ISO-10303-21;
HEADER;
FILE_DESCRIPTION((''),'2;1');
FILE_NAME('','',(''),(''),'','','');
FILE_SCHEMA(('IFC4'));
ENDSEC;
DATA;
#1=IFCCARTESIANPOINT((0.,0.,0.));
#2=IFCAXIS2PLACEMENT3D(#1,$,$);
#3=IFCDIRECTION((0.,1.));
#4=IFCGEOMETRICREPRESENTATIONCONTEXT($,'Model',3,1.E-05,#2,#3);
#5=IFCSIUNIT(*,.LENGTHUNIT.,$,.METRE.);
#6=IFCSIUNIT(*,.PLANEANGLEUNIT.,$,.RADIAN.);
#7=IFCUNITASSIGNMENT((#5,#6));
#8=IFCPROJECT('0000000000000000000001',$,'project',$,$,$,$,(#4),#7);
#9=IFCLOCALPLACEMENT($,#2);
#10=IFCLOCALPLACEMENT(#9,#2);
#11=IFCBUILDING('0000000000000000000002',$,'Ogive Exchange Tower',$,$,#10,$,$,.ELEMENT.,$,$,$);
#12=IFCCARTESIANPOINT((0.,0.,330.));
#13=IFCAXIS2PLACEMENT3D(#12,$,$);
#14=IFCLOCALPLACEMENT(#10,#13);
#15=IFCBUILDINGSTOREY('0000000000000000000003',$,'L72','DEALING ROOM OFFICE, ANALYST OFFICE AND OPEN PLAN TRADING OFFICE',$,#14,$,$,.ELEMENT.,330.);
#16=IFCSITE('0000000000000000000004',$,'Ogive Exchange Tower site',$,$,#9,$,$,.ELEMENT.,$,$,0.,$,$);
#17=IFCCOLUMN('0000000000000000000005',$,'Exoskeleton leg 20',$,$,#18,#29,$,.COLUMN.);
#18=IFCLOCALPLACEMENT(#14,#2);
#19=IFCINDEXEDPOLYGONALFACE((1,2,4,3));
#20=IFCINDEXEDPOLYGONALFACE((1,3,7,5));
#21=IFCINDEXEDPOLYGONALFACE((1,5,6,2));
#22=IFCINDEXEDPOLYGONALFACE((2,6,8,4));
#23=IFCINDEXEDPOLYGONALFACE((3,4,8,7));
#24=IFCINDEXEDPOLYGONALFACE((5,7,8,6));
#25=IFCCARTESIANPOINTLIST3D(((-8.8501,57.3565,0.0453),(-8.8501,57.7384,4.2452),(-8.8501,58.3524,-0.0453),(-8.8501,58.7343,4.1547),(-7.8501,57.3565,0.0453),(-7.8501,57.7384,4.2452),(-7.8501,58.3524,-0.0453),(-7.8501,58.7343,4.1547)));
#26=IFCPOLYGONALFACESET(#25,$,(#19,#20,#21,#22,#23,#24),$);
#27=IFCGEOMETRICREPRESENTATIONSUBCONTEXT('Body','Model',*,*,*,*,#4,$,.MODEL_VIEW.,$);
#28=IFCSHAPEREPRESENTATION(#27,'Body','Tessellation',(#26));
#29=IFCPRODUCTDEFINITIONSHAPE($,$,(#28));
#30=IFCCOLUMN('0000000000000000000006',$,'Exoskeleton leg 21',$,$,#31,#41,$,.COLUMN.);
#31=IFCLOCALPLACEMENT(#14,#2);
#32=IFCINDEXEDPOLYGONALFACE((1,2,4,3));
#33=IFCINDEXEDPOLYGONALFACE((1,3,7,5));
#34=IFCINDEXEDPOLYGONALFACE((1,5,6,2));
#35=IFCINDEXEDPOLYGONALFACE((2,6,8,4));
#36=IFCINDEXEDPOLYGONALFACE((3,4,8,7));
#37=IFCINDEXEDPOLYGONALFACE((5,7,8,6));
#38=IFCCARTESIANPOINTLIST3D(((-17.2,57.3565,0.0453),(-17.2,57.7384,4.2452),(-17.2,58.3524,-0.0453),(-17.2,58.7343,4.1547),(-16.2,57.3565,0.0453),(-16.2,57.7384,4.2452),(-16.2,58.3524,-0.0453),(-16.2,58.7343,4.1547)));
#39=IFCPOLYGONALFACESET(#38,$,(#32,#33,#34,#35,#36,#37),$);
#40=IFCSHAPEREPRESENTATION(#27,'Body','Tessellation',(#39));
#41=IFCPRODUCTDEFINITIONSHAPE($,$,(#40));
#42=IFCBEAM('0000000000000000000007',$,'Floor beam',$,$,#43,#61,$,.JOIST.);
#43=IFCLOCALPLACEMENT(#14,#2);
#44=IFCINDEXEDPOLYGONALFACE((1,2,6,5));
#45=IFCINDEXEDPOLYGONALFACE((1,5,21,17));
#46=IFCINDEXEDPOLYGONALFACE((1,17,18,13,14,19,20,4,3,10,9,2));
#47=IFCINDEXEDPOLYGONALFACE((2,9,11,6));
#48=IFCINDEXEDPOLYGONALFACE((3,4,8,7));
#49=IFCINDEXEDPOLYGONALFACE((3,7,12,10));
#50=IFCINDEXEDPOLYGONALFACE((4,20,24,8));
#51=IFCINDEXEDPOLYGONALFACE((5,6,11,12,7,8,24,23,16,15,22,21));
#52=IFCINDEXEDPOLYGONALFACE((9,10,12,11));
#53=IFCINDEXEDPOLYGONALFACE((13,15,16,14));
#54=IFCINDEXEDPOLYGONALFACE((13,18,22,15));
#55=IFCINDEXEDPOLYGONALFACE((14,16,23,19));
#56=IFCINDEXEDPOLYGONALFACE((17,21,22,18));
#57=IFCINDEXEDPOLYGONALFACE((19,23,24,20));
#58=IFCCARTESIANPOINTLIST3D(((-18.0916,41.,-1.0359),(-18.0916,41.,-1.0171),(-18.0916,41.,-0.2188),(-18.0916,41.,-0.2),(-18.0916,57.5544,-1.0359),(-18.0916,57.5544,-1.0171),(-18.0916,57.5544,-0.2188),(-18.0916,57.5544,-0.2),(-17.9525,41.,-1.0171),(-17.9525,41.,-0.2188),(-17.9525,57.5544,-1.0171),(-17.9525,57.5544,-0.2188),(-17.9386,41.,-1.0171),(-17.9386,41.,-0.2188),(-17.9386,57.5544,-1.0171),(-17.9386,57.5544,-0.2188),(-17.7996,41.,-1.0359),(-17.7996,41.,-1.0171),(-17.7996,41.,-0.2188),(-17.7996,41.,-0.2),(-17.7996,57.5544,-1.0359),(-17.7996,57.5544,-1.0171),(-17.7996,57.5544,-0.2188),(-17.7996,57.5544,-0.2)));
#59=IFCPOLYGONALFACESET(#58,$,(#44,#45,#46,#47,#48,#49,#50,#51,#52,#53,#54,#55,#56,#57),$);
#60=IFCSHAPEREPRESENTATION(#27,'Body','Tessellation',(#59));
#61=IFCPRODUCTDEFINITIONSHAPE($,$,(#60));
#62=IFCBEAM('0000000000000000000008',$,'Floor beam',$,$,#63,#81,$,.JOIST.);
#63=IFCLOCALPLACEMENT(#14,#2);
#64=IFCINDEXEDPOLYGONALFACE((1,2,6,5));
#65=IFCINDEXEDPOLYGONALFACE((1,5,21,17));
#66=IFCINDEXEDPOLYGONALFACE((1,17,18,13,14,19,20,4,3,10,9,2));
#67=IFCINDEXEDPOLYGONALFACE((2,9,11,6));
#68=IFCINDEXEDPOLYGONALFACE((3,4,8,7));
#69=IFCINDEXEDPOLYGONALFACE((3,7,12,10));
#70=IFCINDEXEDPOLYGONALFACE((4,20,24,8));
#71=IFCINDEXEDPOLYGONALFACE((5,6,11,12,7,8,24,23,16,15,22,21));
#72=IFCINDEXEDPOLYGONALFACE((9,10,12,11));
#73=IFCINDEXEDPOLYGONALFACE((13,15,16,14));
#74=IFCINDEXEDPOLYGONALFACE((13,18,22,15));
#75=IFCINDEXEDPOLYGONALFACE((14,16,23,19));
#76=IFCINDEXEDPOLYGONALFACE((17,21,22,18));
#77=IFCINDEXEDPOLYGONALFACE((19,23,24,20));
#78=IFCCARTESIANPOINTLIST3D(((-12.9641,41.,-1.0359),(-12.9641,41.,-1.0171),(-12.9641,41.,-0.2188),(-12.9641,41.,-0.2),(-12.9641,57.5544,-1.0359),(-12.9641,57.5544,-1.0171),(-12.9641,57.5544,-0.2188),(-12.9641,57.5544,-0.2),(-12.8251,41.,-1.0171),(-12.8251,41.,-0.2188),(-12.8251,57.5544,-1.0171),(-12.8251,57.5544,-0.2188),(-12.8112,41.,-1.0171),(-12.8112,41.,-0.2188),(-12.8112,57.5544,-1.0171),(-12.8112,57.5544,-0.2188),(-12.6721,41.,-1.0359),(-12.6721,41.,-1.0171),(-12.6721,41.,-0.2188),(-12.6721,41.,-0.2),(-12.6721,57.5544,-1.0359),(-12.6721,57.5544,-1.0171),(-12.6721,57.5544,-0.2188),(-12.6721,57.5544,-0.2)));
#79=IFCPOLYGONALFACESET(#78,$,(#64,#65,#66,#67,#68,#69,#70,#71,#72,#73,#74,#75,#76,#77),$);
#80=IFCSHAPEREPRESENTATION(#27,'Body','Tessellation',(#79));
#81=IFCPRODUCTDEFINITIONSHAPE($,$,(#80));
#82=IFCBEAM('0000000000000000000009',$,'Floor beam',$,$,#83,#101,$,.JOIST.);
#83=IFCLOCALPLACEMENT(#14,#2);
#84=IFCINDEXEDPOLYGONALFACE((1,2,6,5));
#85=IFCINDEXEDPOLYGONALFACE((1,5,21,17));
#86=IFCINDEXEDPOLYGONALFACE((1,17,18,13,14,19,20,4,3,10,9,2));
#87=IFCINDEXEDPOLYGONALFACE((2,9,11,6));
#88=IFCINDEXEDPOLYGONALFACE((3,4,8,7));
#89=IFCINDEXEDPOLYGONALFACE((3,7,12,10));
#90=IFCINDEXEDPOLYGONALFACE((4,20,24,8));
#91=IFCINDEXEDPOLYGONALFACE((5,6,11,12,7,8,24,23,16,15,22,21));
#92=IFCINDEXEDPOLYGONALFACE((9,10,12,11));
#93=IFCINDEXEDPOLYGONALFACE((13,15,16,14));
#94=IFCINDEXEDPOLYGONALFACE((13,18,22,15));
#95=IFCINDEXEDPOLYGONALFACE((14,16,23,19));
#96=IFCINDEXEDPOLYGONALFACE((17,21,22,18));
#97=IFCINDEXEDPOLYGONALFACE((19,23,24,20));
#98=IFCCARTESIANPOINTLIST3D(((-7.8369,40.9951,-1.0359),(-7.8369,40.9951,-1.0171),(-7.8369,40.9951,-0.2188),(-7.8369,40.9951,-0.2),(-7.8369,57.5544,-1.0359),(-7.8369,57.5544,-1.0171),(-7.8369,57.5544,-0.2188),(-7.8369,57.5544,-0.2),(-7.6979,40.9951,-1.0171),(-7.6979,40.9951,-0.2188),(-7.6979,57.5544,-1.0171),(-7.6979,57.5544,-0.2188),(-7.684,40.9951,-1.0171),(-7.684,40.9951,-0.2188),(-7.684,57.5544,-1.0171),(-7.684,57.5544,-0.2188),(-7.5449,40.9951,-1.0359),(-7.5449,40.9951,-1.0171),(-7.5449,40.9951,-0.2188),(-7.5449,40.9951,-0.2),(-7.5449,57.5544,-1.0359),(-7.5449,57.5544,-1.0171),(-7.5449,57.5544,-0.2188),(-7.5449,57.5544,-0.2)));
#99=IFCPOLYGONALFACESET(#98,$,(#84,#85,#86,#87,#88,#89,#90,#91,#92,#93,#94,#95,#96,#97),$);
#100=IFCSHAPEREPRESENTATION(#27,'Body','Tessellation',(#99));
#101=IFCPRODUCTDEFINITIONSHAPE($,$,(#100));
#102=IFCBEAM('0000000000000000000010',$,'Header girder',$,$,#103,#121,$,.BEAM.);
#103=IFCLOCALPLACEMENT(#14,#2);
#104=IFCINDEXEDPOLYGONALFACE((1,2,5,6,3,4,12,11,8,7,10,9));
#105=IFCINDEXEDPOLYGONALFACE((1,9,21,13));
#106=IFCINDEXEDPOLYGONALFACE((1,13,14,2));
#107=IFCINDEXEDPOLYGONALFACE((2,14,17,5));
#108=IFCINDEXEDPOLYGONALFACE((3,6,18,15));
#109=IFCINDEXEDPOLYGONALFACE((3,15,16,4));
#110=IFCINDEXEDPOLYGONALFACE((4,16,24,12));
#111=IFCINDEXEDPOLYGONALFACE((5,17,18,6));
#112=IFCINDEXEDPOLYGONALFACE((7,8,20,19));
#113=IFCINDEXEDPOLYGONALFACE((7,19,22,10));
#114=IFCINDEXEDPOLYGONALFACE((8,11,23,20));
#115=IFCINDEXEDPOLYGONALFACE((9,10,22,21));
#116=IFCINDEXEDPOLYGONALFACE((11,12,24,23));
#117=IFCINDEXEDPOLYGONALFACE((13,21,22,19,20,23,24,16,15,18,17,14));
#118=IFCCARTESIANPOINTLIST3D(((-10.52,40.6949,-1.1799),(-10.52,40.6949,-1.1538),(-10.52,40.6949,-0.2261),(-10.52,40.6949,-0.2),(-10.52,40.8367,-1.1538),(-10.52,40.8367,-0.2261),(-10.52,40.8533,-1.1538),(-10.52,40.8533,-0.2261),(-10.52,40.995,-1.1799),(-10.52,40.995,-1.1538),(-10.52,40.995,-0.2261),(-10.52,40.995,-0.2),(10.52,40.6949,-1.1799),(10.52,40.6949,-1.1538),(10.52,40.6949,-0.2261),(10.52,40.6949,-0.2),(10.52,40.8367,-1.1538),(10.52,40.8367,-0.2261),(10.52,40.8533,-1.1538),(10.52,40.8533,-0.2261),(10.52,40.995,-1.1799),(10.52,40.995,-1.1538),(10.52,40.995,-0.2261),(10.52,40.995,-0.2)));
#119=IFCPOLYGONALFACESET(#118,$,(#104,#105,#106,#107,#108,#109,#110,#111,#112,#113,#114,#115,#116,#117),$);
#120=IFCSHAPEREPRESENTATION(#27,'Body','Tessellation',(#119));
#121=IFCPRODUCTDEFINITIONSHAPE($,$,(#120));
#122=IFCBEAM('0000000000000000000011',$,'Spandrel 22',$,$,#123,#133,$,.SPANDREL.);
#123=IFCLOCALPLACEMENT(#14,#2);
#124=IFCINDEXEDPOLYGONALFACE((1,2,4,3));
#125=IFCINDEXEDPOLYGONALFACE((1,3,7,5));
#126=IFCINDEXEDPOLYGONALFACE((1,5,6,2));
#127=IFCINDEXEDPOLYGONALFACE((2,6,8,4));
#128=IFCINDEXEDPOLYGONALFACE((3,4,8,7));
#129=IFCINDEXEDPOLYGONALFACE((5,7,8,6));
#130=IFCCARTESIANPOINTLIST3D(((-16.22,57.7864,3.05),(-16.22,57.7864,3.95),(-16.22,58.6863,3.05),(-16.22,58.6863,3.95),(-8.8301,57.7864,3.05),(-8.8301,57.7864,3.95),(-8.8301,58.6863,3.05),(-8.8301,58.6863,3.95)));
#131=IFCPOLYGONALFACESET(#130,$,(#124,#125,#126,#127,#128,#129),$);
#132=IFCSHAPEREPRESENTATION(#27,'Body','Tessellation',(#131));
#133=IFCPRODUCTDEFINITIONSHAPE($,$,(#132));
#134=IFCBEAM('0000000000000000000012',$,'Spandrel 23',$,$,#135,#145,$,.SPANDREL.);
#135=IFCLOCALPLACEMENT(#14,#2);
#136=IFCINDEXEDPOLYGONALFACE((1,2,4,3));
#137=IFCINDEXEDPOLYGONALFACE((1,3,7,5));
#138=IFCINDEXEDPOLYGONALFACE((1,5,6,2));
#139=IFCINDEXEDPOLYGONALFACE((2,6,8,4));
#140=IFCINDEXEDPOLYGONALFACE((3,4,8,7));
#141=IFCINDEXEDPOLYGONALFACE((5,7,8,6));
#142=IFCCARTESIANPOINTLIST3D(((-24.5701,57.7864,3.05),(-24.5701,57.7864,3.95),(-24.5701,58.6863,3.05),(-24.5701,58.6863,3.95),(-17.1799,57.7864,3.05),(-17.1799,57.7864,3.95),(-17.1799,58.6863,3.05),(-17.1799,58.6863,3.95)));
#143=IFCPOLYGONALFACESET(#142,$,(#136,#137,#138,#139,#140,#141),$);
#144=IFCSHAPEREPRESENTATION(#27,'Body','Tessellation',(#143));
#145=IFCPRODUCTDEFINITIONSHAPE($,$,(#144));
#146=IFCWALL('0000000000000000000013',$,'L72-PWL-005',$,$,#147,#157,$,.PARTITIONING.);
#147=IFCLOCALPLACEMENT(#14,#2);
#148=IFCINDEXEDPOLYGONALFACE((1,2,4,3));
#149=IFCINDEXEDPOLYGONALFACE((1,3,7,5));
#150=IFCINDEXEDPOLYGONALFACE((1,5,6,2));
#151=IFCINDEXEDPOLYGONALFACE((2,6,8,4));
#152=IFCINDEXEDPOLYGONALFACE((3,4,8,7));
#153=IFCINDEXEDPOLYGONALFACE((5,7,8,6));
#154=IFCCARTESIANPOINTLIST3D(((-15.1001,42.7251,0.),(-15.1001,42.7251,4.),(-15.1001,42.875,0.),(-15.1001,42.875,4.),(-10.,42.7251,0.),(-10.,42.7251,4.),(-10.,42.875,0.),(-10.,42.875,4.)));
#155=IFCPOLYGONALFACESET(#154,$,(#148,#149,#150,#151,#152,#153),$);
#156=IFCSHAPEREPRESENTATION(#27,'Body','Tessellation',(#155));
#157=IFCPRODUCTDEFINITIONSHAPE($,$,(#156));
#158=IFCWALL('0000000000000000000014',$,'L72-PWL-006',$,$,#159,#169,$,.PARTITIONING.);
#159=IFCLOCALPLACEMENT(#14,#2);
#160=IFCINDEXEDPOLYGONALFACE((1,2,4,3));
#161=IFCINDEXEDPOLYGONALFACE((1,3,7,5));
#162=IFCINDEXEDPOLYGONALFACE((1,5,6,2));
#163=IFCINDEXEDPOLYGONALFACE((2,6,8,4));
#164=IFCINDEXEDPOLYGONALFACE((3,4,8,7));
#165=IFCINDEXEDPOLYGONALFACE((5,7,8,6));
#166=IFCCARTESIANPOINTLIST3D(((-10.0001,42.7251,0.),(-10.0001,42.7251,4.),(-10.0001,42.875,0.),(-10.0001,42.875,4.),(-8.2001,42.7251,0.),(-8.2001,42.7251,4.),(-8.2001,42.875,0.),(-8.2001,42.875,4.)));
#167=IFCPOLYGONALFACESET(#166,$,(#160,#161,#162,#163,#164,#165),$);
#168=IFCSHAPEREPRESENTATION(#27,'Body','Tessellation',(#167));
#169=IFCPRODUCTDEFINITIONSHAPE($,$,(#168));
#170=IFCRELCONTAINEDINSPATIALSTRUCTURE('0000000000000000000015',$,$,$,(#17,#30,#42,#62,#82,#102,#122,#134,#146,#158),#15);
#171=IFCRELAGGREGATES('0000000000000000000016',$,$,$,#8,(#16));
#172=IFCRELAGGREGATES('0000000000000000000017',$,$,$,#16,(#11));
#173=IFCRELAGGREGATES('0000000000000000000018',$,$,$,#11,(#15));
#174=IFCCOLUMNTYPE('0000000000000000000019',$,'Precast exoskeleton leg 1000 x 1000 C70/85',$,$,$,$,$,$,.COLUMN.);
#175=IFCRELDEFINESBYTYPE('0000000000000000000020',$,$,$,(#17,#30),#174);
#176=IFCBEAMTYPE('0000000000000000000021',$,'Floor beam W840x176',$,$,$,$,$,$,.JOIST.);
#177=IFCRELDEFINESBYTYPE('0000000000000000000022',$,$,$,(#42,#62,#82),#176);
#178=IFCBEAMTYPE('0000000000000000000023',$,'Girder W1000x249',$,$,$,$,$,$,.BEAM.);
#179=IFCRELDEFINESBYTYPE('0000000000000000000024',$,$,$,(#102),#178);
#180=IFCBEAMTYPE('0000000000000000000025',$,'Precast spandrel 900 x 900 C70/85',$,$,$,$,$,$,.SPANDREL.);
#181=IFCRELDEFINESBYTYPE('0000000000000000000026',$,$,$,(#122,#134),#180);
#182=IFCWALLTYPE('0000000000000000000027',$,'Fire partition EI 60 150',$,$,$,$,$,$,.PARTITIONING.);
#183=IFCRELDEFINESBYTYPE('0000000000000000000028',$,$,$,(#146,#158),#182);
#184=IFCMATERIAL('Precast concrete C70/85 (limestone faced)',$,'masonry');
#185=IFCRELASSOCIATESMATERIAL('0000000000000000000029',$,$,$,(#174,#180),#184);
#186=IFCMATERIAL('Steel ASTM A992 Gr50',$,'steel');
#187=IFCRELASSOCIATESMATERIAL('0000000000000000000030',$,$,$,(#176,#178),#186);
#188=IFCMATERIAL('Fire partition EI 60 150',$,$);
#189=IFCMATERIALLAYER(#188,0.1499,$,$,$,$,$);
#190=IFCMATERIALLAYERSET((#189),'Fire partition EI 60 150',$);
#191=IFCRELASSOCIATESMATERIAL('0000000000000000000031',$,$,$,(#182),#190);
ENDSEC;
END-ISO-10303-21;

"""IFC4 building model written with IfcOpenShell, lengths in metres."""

from ifc_helpers import new_model, si_unit, direction, frame, frame_2d, origin, origin_2d, place, context, subcontext, project, spatial, rectangle, i_section, extrude, material, layer, layer_set, material_profile, profile_set, type_object, element, save


model = new_model("IFC4")

# Units and contexts
model_context = context("Model", 3, precision=1e-05, world=origin(), true_north=direction((0.0, 1.0)))
body_context = subcontext(model_context, "Body", "Model", "MODEL_VIEW")
ifc_project = project(units=[si_unit("LENGTHUNIT", "METRE"), si_unit("PLANEANGLEUNIT", "RADIAN")], contexts=[model_context])

# Site, building, storey
site_placement = place(None, origin())
site = spatial("IfcSite", under=ifc_project, at=site_placement, Name="Ogive Exchange Tower site", CompositionType="ELEMENT", RefElevation=0.0)
building_placement = place(site_placement, origin())
building = spatial("IfcBuilding", under=site, at=building_placement, Name="Ogive Exchange Tower", CompositionType="ELEMENT")
storey_placement = place(building_placement, frame((0.0, 0.0, 330.0)))
storey = spatial("IfcBuildingStorey", under=building, at=storey_placement, Name="L72", Description="DEALING ROOM OFFICE, ANALYST OFFICE AND OPEN PLAN TRADING OFFICE", CompositionType="ELEMENT", Elevation=330.0)

# Columns
ifc_material_1 = material(Name="Precast concrete C70/85 (limestone faced)", Category="masonry")
ifc_material_profile_1 = material_profile(ifc_material_1, rectangle(XDim=1.0, YDim=1.0, at=origin_2d()), Name="1000 x 1000")
ifc_profile_set_1 = profile_set([ifc_material_profile_1], Name="Precast concrete C70/85 (limestone faced)")
column_type = type_object("IfcColumnType", Name="Precast exoskeleton leg 1000 x 1000 C70/85", PredefinedType="COLUMN", material=ifc_profile_set_1)
for number, where, z_axis, x_axis, name in (
    (1, (-8.3501, 57.8545, 0.0), (0.0, 0.090541, 0.995893), (-1.0, 0.0, 0.0), "Exoskeleton leg 20"),
    (2, (-16.7, 57.8545, 0.0), (0.0, 0.090541, 0.995893), (-1.0, 0.0, 0.0), "Exoskeleton leg 21"),
):
    element("IfcColumn", number, at=place(storey_placement, frame(where, z_axis=z_axis, x_axis=x_axis)), inside=storey, type_object=column_type, Name=name, PredefinedType="COLUMN", context=body_context, shape_type="SweptSolid", body=[
        extrude(rectangle(XDim=1.0, YDim=1.0, at=origin_2d()), origin(), (0.0, 0.0, 1.0), 4.2173),
    ])

# Beams
ifc_material_2 = material(Name="Steel ASTM A992 Gr50", Category="steel")
ifc_material_profile_2 = material_profile(ifc_material_2, i_section(OverallWidth=0.292, OverallDepth=0.8359, WebThickness=0.0139, FlangeThickness=0.0188, at=origin_2d()), Name="W840x176")
ifc_profile_set_2 = profile_set([ifc_material_profile_2], Name="Steel ASTM A992 Gr50")
beam_type_1 = type_object("IfcBeamType", Name="Floor beam W840x176", PredefinedType="JOIST", material=ifc_profile_set_2)
for number, where, z_axis, x_axis, name in (
    (3, (-17.9456, 41.0, -0.6179), (0.0, 1.0, 0.0), (-1.0, 0.0, 0.0), "Floor beam"),
    (4, (-12.8181, 41.0, -0.6179), (0.0, 1.0, 0.0), (-1.0, 0.0, 0.0), "Floor beam"),
):
    element("IfcBeam", number, at=place(storey_placement, frame(where, z_axis=z_axis, x_axis=x_axis)), inside=storey, type_object=beam_type_1, Name=name, PredefinedType="JOIST", context=body_context, shape_type="SweptSolid", body=[
        extrude(i_section(OverallWidth=0.292, OverallDepth=0.8359, WebThickness=0.0139, FlangeThickness=0.0188, at=origin_2d()), origin(), (0.0, 0.0, 1.0), 16.5544),
    ])
beam_1_placement = place(storey_placement, frame((-7.6909, 40.9951, -0.6179), z_axis=(0.0, 1.0, 0.0), x_axis=(-1.0, 0.0, 0.0)))
element("IfcBeam", 5, at=beam_1_placement, inside=storey, type_object=beam_type_1, Name="Floor beam", PredefinedType="JOIST", context=body_context, shape_type="SweptSolid", body=[
    extrude(i_section(OverallWidth=0.292, OverallDepth=0.8359, WebThickness=0.0139, FlangeThickness=0.0188, at=origin_2d()), origin(), (0.0, 0.0, 1.0), 16.5593),
])
ifc_material_profile_3 = material_profile(ifc_material_2, i_section(OverallWidth=0.3, OverallDepth=0.98, WebThickness=0.0166, FlangeThickness=0.0261, at=origin_2d()), Name="W1000x249")
ifc_profile_set_3 = profile_set([ifc_material_profile_3], Name="Steel ASTM A992 Gr50")
beam_type_2 = type_object("IfcBeamType", Name="Girder W1000x249", PredefinedType="BEAM", material=ifc_profile_set_3)
beam_2_placement = place(storey_placement, frame((-10.52, 40.845, -0.6899), z_axis=(1.0, 0.0, 0.0), x_axis=(0.0, 1.0, 0.0)))
element("IfcBeam", 6, at=beam_2_placement, inside=storey, type_object=beam_type_2, Name="Header girder", PredefinedType="BEAM", context=body_context, shape_type="SweptSolid", body=[
    extrude(i_section(OverallWidth=0.3, OverallDepth=0.98, WebThickness=0.0166, FlangeThickness=0.0261, at=origin_2d()), origin(), (0.0, 0.0, 1.0), 21.04),
])
ifc_material_profile_4 = material_profile(ifc_material_1, rectangle(XDim=0.8999, YDim=0.8999, at=origin_2d()), Name="900 x 900")
ifc_profile_set_4 = profile_set([ifc_material_profile_4], Name="Precast concrete C70/85 (limestone faced)")
beam_type_3 = type_object("IfcBeamType", Name="Precast spandrel 900 x 900 C70/85", PredefinedType="SPANDREL", material=ifc_profile_set_4)
beam_3_placement = place(storey_placement, frame((-8.8301, 58.2363, 3.5), z_axis=(-1.0, 0.0, 0.0), x_axis=(0.0, -1.0, 0.0)))
element("IfcBeam", 7, at=beam_3_placement, inside=storey, type_object=beam_type_3, Name="Spandrel 22", PredefinedType="SPANDREL", context=body_context, shape_type="SweptSolid", body=[
    extrude(rectangle(XDim=0.8999, YDim=0.8999, at=origin_2d()), origin(), (0.0, 0.0, 1.0), 7.3899),
])
beam_4_placement = place(storey_placement, frame((-17.1799, 58.2363, 3.5), z_axis=(-1.0, 0.0, 0.0), x_axis=(0.0, -1.0, 0.0)))
element("IfcBeam", 8, at=beam_4_placement, inside=storey, type_object=beam_type_3, Name="Spandrel 23", PredefinedType="SPANDREL", context=body_context, shape_type="SweptSolid", body=[
    extrude(rectangle(XDim=0.8999, YDim=0.8999, at=origin_2d()), origin(), (0.0, 0.0, 1.0), 7.3901),
])

# Walls
ifc_material_3 = material(Name="Fire partition EI 60 150")
ifc_layer_1 = layer(ifc_material_3, 0.1499)
ifc_layer_set_1 = layer_set([ifc_layer_1], Name="Fire partition EI 60 150")
wall_type_1 = type_object("IfcWallType", Name="Fire partition EI 60 150", PredefinedType="PARTITIONING", material=ifc_layer_set_1)
wall_1_placement = place(storey_placement, frame((-15.1001, 42.8, 0.0), z_axis=(0.0, 0.0, 1.0), x_axis=(1.0, 0.0, 0.0)))
element("IfcWall", 9, at=wall_1_placement, inside=storey, type_object=wall_type_1, Name="L72-PWL-005", PredefinedType="PARTITIONING", context=body_context, shape_type="SweptSolid", body=[
    extrude(rectangle(XDim=5.1001, YDim=0.1499, at=frame_2d((2.55, 0.0))), origin(), (0.0, 0.0, 1.0), 4.0),
])
wall_2_placement = place(storey_placement, frame((-10.0, 42.8, 0.0), z_axis=(0.0, 0.0, 1.0), x_axis=(1.0, 0.0, 0.0)))
element("IfcWall", 10, at=wall_2_placement, inside=storey, type_object=wall_type_1, Name="L72-PWL-006", PredefinedType="PARTITIONING", context=body_context, shape_type="SweptSolid", body=[
    extrude(rectangle(XDim=1.8, YDim=0.1499, at=frame_2d((0.8999, 0.0))), origin(), (0.0, 0.0, 1.0), 4.0),
])

save(model, "model.ifc")
